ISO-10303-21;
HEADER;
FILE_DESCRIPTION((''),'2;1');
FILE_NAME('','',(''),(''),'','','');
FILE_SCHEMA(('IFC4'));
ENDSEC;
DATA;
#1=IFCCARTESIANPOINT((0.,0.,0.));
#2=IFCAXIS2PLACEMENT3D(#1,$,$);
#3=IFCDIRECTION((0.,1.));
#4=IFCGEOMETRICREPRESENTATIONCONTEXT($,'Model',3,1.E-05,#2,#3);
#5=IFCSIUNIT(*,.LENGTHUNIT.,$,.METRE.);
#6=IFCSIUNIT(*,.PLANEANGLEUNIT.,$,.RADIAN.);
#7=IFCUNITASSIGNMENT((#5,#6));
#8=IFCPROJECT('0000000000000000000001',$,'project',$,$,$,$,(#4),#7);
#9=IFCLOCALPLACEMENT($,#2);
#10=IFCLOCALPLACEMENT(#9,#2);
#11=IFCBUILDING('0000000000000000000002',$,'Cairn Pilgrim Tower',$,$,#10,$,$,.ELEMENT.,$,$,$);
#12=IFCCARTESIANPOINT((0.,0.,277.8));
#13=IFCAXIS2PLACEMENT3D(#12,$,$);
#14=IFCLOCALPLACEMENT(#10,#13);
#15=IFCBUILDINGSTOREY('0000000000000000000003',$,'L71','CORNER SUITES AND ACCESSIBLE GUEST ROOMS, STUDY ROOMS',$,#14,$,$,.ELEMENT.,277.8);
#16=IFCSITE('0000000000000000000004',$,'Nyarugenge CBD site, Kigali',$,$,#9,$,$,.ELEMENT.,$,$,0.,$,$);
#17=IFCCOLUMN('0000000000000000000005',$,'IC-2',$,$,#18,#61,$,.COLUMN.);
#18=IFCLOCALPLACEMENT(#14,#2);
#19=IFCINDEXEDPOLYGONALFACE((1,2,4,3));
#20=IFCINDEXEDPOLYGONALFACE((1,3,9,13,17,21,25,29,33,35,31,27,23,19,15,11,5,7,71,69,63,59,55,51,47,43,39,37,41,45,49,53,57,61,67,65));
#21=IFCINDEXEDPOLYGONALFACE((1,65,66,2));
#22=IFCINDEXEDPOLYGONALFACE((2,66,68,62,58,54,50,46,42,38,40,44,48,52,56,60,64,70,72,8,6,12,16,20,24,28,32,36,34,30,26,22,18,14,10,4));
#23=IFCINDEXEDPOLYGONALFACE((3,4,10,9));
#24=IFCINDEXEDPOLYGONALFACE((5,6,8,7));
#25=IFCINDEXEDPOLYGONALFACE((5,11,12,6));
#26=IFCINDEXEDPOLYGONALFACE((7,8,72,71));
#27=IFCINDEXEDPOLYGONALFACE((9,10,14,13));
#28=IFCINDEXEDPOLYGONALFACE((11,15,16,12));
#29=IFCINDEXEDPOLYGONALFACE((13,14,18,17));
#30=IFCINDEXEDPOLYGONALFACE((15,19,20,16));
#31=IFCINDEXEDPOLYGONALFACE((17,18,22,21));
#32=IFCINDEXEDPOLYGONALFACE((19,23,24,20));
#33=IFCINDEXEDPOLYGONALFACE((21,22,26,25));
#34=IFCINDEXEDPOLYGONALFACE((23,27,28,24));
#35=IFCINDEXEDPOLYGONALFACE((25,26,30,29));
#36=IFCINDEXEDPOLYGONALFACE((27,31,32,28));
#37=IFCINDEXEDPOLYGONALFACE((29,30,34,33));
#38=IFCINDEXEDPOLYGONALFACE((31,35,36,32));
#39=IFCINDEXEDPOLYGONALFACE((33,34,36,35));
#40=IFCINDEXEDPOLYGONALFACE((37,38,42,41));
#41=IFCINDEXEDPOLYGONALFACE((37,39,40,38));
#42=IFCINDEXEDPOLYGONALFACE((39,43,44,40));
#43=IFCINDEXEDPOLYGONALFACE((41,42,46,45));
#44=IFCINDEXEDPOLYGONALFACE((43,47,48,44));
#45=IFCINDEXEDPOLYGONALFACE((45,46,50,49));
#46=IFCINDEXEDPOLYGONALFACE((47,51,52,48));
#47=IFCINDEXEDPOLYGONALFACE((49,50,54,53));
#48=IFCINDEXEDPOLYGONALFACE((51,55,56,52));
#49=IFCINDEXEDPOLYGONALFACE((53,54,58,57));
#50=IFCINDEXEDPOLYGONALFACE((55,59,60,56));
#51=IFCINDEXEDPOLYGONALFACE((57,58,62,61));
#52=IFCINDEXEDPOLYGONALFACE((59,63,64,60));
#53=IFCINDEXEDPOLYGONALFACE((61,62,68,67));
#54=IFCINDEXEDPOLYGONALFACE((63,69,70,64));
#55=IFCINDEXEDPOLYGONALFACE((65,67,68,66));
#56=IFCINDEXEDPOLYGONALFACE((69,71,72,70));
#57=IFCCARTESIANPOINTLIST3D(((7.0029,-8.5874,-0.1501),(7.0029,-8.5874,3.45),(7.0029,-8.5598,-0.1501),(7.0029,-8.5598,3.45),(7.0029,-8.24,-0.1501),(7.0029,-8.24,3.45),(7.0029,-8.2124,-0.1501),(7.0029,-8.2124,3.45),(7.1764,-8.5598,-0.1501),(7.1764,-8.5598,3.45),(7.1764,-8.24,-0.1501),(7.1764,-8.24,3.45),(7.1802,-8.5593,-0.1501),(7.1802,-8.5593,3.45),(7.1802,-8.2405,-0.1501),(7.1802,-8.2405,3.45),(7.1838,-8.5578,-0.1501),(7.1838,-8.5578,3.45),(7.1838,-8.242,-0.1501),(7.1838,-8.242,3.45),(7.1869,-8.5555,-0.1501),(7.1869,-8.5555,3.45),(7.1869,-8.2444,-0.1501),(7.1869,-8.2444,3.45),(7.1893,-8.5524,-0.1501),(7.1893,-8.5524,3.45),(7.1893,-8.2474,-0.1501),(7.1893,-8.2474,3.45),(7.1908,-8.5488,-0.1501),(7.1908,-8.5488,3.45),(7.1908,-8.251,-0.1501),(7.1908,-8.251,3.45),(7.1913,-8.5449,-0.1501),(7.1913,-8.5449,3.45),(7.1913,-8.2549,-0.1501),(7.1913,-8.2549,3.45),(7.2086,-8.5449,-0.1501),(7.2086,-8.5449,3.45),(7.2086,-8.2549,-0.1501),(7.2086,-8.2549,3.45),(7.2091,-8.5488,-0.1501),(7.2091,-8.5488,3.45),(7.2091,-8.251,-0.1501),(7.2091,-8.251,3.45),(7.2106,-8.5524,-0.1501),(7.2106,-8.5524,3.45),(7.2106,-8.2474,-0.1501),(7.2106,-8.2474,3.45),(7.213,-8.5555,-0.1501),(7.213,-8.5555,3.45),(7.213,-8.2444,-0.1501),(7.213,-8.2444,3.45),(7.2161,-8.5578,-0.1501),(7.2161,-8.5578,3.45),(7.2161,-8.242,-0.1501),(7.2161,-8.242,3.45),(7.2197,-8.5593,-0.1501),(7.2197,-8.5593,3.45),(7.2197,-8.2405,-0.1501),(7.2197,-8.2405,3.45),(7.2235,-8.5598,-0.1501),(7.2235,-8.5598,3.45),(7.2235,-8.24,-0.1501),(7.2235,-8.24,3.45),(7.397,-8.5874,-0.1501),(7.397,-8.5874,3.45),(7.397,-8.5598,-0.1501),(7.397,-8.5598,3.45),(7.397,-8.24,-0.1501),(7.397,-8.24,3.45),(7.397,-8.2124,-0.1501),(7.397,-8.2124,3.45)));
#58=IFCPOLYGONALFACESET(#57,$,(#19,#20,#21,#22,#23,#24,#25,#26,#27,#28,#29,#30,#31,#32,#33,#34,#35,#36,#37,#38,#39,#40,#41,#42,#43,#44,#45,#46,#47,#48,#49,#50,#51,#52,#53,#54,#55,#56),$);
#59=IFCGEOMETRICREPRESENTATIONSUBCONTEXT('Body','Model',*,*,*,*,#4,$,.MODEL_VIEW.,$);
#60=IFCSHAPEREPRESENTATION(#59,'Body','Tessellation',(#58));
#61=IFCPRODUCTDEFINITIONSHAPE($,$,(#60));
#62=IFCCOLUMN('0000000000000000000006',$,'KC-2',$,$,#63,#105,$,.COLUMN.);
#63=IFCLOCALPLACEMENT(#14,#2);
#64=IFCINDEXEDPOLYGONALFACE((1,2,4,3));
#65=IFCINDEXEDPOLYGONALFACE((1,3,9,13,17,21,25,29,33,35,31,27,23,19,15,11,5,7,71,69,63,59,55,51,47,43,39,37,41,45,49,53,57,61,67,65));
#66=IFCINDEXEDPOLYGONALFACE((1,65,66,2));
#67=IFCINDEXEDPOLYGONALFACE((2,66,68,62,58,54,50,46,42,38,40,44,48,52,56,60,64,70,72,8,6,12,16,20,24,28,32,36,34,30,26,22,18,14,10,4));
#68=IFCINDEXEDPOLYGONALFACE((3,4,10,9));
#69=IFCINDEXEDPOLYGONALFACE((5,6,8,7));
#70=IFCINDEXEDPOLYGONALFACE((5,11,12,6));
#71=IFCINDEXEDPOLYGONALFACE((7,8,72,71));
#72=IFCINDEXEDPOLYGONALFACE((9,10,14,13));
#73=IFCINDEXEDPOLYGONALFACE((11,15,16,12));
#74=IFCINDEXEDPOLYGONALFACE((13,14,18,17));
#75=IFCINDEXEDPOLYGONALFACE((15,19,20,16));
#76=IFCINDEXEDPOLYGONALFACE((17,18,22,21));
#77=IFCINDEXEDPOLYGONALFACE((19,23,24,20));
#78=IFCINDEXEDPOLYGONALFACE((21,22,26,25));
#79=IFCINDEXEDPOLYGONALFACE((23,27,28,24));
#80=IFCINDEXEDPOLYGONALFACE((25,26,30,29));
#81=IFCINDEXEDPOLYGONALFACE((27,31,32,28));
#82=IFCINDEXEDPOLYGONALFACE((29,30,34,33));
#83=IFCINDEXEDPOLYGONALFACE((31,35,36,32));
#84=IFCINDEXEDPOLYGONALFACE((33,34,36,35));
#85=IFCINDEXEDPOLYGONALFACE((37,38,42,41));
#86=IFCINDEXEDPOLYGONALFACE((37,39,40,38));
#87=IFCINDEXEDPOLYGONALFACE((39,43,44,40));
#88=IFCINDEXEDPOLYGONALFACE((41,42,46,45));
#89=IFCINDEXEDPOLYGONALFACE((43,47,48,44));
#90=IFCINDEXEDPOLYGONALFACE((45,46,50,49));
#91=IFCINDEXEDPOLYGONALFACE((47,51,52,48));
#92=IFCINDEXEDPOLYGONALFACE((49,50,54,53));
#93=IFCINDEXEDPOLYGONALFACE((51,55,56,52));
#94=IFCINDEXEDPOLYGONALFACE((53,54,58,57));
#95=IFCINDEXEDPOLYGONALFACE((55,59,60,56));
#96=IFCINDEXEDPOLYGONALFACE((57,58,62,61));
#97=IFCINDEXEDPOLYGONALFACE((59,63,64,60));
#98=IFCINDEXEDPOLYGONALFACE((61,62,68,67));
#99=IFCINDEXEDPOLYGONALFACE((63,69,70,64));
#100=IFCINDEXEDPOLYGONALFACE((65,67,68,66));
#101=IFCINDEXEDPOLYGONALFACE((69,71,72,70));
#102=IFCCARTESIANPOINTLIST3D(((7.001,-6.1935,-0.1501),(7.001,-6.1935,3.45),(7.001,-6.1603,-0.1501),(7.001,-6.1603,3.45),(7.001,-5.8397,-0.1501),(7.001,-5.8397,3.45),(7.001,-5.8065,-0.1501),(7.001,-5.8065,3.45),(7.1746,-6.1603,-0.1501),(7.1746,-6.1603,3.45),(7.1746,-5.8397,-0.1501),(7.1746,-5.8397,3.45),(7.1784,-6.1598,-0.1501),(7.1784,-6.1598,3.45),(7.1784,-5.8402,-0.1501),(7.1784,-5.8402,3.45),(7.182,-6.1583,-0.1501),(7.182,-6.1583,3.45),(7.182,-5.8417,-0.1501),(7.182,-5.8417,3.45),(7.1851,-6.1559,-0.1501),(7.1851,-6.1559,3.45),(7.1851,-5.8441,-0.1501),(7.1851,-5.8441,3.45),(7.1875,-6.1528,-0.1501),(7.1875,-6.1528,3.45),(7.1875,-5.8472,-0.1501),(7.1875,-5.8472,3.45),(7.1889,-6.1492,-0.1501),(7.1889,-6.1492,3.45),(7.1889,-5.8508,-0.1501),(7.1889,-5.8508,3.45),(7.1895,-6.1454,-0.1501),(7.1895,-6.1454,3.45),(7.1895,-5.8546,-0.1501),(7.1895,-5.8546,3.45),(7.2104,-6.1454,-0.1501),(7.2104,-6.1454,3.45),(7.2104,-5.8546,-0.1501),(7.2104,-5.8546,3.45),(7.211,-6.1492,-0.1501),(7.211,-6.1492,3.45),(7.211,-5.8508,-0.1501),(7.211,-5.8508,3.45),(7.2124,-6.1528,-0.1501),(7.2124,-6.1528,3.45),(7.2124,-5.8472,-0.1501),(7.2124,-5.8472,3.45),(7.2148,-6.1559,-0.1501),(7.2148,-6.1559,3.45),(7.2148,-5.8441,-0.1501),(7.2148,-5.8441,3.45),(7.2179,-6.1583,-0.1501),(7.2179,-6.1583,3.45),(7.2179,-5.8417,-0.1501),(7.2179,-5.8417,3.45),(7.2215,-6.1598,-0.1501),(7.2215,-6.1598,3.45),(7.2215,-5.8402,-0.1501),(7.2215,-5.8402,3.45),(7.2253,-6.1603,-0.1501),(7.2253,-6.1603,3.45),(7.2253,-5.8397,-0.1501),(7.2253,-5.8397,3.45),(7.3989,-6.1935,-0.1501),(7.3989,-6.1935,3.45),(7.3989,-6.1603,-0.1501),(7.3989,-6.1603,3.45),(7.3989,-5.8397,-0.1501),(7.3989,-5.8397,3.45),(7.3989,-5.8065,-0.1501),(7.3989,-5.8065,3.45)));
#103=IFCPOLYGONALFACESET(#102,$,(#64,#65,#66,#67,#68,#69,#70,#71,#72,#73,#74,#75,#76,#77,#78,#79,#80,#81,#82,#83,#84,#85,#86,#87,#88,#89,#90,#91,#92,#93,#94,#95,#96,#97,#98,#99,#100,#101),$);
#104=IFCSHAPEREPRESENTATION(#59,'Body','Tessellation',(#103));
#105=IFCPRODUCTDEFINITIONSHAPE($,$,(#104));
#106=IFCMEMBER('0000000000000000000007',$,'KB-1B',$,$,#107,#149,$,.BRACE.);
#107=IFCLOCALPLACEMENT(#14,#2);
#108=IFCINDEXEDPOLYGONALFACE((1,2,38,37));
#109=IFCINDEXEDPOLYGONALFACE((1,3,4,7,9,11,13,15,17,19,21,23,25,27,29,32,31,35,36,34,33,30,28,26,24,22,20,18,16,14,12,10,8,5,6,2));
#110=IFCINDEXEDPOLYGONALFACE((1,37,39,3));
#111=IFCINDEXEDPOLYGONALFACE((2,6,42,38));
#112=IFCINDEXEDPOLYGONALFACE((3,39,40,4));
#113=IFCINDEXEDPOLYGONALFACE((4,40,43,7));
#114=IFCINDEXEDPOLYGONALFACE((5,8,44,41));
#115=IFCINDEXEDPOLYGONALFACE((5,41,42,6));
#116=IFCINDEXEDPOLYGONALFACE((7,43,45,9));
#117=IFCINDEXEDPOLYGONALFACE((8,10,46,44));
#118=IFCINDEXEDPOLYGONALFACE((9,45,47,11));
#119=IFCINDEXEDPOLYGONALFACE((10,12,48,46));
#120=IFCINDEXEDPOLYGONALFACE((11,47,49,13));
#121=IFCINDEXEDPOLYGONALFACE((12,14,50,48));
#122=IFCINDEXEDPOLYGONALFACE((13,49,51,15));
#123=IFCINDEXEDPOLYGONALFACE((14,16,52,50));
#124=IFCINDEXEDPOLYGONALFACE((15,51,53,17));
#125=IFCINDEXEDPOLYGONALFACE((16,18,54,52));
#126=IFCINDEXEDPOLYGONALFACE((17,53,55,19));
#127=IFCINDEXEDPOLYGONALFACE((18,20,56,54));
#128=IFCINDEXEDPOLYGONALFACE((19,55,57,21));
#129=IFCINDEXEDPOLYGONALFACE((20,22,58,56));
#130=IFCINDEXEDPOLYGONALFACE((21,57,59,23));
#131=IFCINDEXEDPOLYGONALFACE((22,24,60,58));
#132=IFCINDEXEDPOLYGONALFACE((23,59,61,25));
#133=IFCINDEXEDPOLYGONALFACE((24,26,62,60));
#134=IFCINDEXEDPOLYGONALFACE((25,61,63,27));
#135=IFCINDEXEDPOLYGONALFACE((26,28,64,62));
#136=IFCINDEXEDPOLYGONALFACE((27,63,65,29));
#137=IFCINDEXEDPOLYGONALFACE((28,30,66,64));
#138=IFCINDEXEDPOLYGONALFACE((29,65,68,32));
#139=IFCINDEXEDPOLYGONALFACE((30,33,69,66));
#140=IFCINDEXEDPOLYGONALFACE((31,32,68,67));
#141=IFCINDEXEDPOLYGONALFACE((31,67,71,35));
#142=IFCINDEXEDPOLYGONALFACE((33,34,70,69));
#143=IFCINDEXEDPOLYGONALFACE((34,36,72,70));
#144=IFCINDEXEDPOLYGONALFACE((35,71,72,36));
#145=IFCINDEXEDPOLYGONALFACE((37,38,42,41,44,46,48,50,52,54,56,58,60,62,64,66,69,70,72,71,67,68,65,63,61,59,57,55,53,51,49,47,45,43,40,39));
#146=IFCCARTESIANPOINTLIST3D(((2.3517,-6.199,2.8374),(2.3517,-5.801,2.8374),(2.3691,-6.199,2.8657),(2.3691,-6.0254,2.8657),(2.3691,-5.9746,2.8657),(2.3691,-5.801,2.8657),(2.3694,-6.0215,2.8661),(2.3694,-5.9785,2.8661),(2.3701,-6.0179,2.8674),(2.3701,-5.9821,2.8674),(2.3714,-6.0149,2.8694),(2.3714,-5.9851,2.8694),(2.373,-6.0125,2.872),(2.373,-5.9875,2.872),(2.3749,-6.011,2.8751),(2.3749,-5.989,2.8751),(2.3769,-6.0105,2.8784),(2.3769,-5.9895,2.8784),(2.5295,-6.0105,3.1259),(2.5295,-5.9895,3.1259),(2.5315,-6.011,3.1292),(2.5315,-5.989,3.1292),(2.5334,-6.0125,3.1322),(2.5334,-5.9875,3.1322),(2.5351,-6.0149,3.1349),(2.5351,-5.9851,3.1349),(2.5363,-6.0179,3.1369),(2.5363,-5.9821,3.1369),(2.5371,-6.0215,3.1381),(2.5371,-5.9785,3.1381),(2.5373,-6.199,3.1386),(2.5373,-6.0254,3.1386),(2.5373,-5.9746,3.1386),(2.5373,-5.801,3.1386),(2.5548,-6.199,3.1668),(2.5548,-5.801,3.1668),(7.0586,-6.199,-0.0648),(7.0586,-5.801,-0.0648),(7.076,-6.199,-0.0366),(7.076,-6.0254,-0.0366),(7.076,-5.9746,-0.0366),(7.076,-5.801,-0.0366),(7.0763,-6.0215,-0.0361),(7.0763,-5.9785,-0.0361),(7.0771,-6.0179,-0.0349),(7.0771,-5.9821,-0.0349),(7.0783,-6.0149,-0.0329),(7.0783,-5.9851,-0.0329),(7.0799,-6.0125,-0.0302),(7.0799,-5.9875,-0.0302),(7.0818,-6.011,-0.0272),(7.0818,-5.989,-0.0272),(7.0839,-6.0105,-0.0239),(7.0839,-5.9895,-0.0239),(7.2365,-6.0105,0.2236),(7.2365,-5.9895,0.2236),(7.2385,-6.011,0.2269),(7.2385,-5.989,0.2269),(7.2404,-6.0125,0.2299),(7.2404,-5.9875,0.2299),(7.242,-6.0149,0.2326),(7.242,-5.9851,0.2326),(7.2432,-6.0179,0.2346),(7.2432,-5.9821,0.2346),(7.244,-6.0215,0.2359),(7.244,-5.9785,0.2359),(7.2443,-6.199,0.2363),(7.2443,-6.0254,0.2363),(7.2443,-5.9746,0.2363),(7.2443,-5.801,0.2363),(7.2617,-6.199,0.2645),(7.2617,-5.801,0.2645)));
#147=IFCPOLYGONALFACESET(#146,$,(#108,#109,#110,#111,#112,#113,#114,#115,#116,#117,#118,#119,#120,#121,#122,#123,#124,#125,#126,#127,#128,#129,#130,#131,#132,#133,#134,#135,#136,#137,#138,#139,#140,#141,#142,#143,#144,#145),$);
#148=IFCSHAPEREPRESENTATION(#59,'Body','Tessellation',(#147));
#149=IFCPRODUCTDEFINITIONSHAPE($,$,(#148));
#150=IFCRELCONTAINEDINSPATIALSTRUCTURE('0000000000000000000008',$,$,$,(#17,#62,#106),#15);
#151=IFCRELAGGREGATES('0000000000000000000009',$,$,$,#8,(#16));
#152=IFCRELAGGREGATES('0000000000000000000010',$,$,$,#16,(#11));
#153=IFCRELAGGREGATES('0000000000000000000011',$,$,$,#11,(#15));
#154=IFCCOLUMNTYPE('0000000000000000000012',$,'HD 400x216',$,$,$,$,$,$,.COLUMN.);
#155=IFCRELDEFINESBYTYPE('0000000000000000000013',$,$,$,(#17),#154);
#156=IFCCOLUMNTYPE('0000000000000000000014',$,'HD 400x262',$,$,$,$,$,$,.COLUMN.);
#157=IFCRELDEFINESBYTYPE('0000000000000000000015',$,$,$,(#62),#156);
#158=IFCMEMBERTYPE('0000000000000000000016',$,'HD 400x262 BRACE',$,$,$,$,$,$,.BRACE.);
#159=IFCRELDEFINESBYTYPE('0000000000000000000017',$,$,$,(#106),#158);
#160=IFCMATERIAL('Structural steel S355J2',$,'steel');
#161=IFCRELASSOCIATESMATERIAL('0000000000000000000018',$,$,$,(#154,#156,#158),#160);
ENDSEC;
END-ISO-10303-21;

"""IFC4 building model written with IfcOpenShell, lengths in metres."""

from ifc_helpers import new_model, si_unit, direction, frame, origin, origin_2d, place, context, subcontext, project, spatial, i_section, extrude, material, material_profile, profile_set, type_object, element, save


model = new_model("IFC4")

# Units and contexts
model_context = context("Model", 3, precision=1e-05, world=origin(), true_north=direction((0.0, 1.0)))
body_context = subcontext(model_context, "Body", "Model", "MODEL_VIEW")
ifc_project = project(units=[si_unit("LENGTHUNIT", "METRE"), si_unit("PLANEANGLEUNIT", "RADIAN")], contexts=[model_context])

# Site, building, storey
site_placement = place(None, origin())
site = spatial("IfcSite", under=ifc_project, at=site_placement, Name="Nyarugenge CBD site, Kigali", CompositionType="ELEMENT", RefElevation=0.0)
building_placement = place(site_placement, origin())
building = spatial("IfcBuilding", under=site, at=building_placement, Name="Cairn Pilgrim Tower", CompositionType="ELEMENT")
storey_placement = place(building_placement, frame((0.0, 0.0, 277.8)))
storey = spatial("IfcBuildingStorey", under=building, at=storey_placement, Name="L71", Description="CORNER SUITES AND ACCESSIBLE GUEST ROOMS, STUDY ROOMS", CompositionType="ELEMENT", Elevation=277.8)

# Columns
ifc_material_1 = material(Name="Structural steel S355J2", Category="steel")
ifc_material_profile_1 = material_profile(ifc_material_1, i_section(OverallWidth=0.394, OverallDepth=0.375, WebThickness=0.0173, FlangeThickness=0.0276, FilletRadius=0.0149, at=origin_2d()), Name="HD 400x216")
ifc_profile_set_1 = profile_set([ifc_material_profile_1], Name="Structural steel S355J2")
column_type_1 = type_object("IfcColumnType", Name="HD 400x216", PredefinedType="COLUMN", material=ifc_profile_set_1)
column_1_placement = place(storey_placement, frame((7.2, -8.3999, -0.1501), z_axis=(0.0, 0.0, 1.0), x_axis=(1.0, 0.0, 0.0)))
element("IfcColumn", 1, at=column_1_placement, inside=storey, type_object=column_type_1, Name="IC-2", PredefinedType="COLUMN", context=body_context, shape_type="SweptSolid", body=[
    extrude(i_section(OverallWidth=0.394, OverallDepth=0.375, WebThickness=0.0173, FlangeThickness=0.0276, FilletRadius=0.0149, at=origin_2d()), origin(), (0.0, 0.0, 1.0), 3.6001),
])
ifc_material_profile_2 = material_profile(ifc_material_1, i_section(OverallWidth=0.3979, OverallDepth=0.387, WebThickness=0.021, FlangeThickness=0.0332, FilletRadius=0.0149, at=origin_2d()), Name="HD 400x262")
ifc_profile_set_2 = profile_set([ifc_material_profile_2], Name="Structural steel S355J2")
column_type_2 = type_object("IfcColumnType", Name="HD 400x262", PredefinedType="COLUMN", material=ifc_profile_set_2)
column_2_placement = place(storey_placement, frame((7.2, -6.0, -0.1501), z_axis=(0.0, 0.0, 1.0), x_axis=(1.0, 0.0, 0.0)))
element("IfcColumn", 2, at=column_2_placement, inside=storey, type_object=column_type_2, Name="KC-2", PredefinedType="COLUMN", context=body_context, shape_type="SweptSolid", body=[
    extrude(i_section(OverallWidth=0.3979, OverallDepth=0.387, WebThickness=0.021, FlangeThickness=0.0332, FilletRadius=0.0149, at=origin_2d()), origin(), (0.0, 0.0, 1.0), 3.6001),
])

# Member
ifc_material_profile_3 = material_profile(ifc_material_1, i_section(OverallWidth=0.3979, OverallDepth=0.387, WebThickness=0.021, FlangeThickness=0.0332, FilletRadius=0.0149, at=origin_2d()), Name="HD 400x262")
ifc_profile_set_3 = profile_set([ifc_material_profile_3], Name="Structural steel S355J2")
member_type = type_object("IfcMemberType", Name="HD 400x262 BRACE", PredefinedType="BRACE", material=ifc_profile_set_3)
member_placement = place(storey_placement, frame((7.1602, -6.0, 0.0999), z_axis=(-0.851197, 0.0, 0.524846), x_axis=(0.0, -1.0, 0.0)))
element("IfcMember", 3, at=member_placement, inside=storey, type_object=member_type, Name="KB-1B", PredefinedType="BRACE", context=body_context, shape_type="SweptSolid", body=[
    extrude(i_section(OverallWidth=0.3979, OverallDepth=0.387, WebThickness=0.021, FlangeThickness=0.0332, FilletRadius=0.0149, at=origin_2d()), origin(), (0.0, 0.0, 1.0), 5.5298),
])

save(model, "model.ifc")
